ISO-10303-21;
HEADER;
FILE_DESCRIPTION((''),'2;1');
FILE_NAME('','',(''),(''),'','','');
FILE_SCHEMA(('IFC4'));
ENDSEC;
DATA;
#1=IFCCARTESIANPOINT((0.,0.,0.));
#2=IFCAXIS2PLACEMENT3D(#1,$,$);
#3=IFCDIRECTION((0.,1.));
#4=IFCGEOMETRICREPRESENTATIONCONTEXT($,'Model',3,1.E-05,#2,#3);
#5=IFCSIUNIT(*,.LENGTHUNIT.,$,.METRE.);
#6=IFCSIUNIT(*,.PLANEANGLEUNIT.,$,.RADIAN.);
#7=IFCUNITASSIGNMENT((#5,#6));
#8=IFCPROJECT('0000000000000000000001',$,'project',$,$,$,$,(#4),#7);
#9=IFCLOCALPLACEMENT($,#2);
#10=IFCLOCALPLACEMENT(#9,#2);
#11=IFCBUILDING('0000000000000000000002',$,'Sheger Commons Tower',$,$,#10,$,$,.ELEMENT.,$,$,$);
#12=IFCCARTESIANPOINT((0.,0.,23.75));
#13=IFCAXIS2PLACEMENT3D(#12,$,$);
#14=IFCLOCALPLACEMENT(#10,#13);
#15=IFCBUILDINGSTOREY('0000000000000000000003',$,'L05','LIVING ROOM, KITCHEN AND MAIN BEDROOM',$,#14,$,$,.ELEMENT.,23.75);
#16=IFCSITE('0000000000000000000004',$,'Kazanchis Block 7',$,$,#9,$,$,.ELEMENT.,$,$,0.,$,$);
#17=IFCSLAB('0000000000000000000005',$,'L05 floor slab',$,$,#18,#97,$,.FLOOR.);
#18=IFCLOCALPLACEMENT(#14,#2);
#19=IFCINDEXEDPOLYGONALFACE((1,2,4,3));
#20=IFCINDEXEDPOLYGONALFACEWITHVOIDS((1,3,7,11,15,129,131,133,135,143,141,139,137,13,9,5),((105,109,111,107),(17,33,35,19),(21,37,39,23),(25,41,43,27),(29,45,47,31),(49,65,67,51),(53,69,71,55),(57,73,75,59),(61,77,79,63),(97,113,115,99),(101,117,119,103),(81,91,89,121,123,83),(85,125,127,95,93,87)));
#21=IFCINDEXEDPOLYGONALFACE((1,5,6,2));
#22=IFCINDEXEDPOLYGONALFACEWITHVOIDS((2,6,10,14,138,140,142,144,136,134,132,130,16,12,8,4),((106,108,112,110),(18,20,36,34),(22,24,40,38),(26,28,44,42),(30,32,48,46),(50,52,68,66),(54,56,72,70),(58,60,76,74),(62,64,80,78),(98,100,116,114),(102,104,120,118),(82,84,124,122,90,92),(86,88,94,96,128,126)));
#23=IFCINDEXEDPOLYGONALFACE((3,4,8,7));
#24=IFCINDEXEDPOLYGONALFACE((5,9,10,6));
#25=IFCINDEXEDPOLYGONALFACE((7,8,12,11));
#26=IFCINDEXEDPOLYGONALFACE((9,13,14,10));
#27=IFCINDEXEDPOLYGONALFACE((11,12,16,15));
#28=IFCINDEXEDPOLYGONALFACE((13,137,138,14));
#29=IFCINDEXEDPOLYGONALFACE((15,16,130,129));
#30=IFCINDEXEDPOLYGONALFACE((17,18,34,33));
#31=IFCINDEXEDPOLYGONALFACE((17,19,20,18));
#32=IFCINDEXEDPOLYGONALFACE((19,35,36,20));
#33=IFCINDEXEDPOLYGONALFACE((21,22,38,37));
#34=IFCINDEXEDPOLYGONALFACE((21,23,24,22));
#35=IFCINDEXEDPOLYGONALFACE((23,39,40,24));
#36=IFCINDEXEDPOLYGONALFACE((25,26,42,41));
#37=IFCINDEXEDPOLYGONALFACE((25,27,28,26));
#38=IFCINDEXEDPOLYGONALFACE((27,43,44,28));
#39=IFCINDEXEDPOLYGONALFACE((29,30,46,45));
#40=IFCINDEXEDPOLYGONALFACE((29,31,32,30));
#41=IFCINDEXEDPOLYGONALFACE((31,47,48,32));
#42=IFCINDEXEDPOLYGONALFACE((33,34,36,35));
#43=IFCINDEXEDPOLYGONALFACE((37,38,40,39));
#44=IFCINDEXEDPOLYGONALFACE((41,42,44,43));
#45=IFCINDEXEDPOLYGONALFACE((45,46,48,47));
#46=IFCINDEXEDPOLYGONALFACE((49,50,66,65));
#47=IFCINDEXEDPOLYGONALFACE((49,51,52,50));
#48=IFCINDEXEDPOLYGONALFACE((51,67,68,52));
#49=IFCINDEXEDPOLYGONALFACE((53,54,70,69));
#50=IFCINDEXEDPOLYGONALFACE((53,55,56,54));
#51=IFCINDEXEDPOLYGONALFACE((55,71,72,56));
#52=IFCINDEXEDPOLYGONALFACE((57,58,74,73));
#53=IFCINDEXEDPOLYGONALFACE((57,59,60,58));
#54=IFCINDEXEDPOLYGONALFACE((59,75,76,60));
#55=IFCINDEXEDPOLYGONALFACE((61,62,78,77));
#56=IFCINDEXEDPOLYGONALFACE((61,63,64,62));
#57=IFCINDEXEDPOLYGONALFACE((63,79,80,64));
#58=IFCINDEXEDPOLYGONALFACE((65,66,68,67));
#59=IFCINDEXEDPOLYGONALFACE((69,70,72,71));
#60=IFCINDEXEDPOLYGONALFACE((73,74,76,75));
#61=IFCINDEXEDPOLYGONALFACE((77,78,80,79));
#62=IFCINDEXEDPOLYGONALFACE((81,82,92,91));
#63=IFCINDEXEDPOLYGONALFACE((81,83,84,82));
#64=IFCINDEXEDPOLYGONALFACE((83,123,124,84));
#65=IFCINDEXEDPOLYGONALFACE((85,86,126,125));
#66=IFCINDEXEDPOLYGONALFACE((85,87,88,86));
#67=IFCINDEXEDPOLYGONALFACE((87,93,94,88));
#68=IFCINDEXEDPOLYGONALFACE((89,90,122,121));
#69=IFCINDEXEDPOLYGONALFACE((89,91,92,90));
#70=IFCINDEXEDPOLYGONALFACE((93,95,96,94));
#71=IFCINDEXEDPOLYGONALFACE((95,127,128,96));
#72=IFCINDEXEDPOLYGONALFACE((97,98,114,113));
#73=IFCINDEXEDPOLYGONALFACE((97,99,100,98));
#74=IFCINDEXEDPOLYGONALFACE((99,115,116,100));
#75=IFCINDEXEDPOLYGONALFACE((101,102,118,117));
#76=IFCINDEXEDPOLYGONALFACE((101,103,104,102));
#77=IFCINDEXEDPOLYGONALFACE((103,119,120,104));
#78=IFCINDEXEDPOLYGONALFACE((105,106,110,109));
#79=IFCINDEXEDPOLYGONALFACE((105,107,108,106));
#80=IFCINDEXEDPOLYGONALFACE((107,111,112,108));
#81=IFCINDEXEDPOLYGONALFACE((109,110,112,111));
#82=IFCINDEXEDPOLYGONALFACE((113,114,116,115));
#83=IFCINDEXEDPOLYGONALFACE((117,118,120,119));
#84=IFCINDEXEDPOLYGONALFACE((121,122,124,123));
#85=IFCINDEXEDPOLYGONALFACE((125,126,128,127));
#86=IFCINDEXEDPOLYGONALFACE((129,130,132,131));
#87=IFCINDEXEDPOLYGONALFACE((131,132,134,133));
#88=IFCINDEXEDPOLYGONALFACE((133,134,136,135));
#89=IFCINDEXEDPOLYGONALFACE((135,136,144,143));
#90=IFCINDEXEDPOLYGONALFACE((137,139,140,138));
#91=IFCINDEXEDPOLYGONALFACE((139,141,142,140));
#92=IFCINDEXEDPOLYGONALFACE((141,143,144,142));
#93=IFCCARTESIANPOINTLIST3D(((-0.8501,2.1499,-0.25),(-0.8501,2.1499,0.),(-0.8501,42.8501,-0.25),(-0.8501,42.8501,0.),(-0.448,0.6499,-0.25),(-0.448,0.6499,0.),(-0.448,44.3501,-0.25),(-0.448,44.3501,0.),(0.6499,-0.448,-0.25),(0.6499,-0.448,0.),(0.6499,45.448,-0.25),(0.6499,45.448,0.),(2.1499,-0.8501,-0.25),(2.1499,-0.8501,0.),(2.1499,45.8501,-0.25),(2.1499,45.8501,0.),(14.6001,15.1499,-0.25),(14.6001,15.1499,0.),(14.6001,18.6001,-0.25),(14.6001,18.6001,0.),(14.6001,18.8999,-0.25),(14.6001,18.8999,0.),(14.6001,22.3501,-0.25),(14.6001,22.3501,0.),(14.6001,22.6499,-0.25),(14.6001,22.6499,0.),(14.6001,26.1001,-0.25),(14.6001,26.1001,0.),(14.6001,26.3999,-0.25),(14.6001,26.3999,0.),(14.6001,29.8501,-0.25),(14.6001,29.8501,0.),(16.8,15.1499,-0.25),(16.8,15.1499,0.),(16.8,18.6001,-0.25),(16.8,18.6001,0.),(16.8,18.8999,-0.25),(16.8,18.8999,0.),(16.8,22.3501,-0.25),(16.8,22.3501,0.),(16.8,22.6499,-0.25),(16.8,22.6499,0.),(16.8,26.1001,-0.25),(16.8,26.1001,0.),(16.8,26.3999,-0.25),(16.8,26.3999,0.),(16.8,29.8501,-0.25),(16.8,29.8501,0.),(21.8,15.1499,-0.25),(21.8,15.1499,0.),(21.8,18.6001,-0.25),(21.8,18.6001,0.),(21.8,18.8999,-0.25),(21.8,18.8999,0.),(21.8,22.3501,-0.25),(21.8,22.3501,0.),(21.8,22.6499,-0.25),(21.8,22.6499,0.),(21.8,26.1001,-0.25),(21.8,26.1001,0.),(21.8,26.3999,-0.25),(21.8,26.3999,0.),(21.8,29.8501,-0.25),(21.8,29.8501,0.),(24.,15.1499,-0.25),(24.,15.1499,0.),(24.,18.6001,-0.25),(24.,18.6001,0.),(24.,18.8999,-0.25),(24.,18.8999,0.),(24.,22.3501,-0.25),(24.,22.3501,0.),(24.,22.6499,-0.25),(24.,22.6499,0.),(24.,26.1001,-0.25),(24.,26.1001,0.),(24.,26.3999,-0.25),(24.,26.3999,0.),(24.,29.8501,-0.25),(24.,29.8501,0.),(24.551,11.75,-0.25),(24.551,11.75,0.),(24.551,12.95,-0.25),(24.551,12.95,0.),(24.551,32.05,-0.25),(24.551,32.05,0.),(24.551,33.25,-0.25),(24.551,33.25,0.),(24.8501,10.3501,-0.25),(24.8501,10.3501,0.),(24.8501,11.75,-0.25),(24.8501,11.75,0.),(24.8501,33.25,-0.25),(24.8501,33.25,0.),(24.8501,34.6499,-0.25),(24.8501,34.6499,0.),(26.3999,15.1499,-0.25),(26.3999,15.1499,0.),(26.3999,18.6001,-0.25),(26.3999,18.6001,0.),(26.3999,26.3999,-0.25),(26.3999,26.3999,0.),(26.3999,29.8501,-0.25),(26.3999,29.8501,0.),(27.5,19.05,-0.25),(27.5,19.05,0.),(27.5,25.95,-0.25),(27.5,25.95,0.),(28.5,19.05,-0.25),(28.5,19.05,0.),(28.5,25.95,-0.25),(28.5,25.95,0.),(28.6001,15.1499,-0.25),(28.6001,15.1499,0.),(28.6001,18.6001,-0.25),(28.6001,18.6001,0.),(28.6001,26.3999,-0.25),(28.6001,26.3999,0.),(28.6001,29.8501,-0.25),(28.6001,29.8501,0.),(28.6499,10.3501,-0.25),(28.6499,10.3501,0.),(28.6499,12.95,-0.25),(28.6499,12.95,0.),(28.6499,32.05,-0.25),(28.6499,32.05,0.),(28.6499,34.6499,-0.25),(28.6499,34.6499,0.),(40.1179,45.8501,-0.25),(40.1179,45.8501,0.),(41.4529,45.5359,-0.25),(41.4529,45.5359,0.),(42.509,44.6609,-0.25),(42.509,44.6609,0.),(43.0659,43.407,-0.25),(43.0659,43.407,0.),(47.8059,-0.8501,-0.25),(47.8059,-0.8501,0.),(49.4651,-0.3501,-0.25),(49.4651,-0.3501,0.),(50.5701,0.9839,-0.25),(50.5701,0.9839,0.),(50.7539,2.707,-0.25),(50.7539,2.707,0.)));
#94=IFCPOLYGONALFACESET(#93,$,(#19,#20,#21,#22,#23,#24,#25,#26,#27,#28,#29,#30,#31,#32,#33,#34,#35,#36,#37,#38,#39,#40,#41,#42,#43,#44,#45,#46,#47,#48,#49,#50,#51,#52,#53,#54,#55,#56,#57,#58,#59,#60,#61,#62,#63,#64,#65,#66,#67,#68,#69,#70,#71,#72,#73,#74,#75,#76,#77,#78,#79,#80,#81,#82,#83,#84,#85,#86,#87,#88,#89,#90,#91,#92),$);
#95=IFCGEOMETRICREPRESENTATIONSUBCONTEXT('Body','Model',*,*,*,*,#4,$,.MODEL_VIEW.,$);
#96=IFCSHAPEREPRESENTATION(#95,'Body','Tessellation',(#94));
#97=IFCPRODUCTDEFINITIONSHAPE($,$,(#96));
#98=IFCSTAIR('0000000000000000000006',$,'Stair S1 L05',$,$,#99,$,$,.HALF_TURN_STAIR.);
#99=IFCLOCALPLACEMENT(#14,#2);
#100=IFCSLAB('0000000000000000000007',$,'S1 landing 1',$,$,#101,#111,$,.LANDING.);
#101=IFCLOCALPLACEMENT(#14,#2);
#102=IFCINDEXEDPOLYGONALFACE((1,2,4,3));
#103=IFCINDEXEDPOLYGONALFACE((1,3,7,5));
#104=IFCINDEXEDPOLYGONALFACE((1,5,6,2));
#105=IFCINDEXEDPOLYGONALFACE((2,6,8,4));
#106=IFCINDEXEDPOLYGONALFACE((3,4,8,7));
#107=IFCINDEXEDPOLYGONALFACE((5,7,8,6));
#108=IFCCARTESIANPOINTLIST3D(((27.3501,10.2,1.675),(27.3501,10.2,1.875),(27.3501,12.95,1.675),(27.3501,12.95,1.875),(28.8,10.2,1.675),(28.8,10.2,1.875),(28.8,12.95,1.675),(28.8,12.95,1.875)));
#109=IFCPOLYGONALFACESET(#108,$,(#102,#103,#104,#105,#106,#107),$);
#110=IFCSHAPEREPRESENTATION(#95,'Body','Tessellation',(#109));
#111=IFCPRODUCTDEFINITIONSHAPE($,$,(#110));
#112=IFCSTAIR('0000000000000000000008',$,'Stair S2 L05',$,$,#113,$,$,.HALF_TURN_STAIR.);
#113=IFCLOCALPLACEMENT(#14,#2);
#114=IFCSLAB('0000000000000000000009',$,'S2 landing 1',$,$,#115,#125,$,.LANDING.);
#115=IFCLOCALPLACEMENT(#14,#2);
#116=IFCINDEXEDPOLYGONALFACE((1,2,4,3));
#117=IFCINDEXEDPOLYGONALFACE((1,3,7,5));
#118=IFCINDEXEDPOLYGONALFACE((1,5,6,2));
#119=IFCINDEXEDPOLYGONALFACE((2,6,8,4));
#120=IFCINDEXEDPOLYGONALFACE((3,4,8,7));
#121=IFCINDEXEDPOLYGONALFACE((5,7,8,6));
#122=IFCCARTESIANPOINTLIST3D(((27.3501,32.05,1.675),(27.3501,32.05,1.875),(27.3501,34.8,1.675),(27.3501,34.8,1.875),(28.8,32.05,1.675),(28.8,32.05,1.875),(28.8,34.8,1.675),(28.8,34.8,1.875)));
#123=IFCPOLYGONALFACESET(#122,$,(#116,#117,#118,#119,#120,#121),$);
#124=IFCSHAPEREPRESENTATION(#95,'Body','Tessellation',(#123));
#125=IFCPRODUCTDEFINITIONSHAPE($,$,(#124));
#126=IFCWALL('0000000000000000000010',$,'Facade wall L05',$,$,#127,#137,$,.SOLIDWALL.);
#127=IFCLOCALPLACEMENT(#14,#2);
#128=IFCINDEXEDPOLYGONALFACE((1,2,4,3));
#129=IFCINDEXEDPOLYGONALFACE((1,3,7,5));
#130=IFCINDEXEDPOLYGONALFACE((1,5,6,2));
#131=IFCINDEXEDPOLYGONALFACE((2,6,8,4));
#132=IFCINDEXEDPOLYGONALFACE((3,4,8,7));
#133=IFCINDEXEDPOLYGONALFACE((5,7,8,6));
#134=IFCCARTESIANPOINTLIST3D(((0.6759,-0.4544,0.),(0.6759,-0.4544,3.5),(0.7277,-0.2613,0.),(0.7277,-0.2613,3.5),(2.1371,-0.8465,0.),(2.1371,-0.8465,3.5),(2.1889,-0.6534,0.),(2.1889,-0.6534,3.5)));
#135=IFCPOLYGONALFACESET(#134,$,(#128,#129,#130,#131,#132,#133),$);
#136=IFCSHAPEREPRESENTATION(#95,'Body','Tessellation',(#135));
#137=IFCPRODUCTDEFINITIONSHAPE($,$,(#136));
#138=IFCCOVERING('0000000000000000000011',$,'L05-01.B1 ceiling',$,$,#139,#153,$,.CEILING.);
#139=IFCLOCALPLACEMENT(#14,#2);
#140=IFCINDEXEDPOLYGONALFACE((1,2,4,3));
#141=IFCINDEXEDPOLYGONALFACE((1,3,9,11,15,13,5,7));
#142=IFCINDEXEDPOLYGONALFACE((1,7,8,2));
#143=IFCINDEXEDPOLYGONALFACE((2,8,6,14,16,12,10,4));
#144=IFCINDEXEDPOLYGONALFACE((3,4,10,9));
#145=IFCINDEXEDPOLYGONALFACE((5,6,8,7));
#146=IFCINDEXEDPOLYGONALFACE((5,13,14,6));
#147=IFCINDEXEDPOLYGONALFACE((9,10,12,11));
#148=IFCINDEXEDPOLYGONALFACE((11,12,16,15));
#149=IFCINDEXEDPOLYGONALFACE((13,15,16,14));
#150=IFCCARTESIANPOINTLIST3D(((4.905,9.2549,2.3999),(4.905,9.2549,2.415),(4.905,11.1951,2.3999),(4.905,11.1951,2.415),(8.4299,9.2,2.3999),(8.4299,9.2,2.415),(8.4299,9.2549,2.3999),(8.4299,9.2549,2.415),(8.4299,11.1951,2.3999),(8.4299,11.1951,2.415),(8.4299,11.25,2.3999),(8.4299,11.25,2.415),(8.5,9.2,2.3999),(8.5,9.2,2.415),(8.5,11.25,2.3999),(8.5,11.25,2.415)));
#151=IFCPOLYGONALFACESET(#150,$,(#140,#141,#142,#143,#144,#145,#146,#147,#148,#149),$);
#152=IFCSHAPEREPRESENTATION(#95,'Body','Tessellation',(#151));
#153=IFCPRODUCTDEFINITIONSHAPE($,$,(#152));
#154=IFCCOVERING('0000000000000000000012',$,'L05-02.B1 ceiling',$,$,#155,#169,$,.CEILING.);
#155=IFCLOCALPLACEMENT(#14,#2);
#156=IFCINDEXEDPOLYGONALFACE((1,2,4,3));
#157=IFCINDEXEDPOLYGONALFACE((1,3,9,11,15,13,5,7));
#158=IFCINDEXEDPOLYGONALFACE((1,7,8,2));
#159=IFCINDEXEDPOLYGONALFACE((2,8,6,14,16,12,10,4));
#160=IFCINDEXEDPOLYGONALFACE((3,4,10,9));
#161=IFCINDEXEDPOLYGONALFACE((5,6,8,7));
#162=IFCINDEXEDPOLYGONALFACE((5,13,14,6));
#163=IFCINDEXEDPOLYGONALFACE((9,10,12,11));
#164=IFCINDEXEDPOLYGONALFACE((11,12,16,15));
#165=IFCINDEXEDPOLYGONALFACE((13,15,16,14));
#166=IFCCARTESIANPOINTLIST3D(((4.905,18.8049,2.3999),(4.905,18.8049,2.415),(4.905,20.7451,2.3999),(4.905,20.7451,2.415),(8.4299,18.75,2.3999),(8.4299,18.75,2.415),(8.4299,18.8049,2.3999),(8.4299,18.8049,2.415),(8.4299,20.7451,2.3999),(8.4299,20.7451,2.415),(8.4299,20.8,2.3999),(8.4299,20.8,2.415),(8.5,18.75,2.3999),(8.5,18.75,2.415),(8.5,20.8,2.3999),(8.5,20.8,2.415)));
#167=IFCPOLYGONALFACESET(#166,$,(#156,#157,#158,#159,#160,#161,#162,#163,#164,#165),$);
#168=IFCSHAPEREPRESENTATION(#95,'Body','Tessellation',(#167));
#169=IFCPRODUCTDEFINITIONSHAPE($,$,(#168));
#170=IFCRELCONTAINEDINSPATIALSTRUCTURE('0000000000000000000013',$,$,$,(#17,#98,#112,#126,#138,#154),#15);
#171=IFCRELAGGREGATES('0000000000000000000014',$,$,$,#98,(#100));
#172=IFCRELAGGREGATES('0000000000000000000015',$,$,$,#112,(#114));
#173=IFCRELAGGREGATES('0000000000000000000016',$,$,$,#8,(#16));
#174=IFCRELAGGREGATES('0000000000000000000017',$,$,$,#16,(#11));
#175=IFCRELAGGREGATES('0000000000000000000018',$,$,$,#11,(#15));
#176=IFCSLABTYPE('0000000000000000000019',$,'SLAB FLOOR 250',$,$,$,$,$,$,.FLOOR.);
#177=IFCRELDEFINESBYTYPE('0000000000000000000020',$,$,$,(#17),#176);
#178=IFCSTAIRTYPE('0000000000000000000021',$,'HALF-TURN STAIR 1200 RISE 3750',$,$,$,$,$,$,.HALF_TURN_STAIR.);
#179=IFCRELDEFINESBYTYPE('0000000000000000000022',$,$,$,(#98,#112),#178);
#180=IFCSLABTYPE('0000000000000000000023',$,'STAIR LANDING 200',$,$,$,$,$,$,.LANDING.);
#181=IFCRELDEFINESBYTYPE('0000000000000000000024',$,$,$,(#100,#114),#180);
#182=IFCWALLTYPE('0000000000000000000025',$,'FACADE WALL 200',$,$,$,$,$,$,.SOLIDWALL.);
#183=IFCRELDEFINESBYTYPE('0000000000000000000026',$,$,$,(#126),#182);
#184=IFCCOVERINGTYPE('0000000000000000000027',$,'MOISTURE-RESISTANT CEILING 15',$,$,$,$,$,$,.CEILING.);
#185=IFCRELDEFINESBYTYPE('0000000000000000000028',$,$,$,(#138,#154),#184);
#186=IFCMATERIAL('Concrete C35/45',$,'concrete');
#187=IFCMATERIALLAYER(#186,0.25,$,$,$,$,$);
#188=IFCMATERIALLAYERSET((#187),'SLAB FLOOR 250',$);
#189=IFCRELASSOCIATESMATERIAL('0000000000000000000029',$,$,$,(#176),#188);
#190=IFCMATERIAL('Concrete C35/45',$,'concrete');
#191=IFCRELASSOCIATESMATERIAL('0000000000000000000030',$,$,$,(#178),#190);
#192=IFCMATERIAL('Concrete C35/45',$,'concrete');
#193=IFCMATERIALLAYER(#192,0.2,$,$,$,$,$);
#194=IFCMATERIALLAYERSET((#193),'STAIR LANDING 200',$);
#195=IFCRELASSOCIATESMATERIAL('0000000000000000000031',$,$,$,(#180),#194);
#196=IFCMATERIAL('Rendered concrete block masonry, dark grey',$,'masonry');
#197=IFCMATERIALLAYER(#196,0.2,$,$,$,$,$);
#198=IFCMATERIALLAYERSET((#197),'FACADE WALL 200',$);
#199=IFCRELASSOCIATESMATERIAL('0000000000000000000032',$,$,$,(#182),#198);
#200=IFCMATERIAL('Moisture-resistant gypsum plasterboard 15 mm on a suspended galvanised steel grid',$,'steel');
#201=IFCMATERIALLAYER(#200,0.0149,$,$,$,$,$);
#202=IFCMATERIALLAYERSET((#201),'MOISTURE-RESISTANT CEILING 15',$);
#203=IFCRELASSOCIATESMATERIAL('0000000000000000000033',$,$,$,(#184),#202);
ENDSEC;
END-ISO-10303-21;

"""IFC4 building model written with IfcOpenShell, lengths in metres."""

from ifc_helpers import new_model, si_unit, direction, frame, frame_2d, origin, place, context, subcontext, project, spatial, polyline, rectangle, outline, extrude, material, layer, layer_set, type_object, element, aggregate, save


model = new_model("IFC4")

# Units and contexts
model_context = context("Model", 3, precision=1e-05, world=origin(), true_north=direction((0.0, 1.0)))
body_context = subcontext(model_context, "Body", "Model", "MODEL_VIEW")
ifc_project = project(units=[si_unit("LENGTHUNIT", "METRE"), si_unit("PLANEANGLEUNIT", "RADIAN")], contexts=[model_context])

# Site, building, storey
site_placement = place(None, origin())
site = spatial("IfcSite", under=ifc_project, at=site_placement, Name="Kazanchis Block 7", CompositionType="ELEMENT", RefElevation=0.0)
building_placement = place(site_placement, origin())
building = spatial("IfcBuilding", under=site, at=building_placement, Name="Sheger Commons Tower", CompositionType="ELEMENT")
storey_placement = place(building_placement, frame((0.0, 0.0, 23.75)))
storey = spatial("IfcBuildingStorey", under=building, at=storey_placement, Name="L05", Description="LIVING ROOM, KITCHEN AND MAIN BEDROOM", CompositionType="ELEMENT", Elevation=23.75)

# Slab
ifc_material_1 = material(Name="Concrete C35/45", Category="concrete")
ifc_layer_1 = layer(ifc_material_1, 0.25)
ifc_layer_set_1 = layer_set([ifc_layer_1], Name="SLAB FLOOR 250")
slab_type_1 = type_object("IfcSlabType", Name="SLAB FLOOR 250", PredefinedType="FLOOR", material=ifc_layer_set_1)
slab_1_placement = place(storey_placement, frame((0.0, 0.0, -0.25)))
element("IfcSlab", 1, at=slab_1_placement, inside=storey, type_object=slab_type_1, Name="L05 floor slab", PredefinedType="FLOOR", context=body_context, shape_type="SweptSolid", body=[
    extrude(outline(polyline([(-0.8501, 2.1499), (-0.448, 0.6499), (0.6499, -0.448), (2.1499, -0.8501), (47.8059, -0.8501), (49.4651, -0.3501), (50.5701, 0.9839), (50.7539, 2.707), (43.0659, 43.407), (42.509, 44.6609), (41.4529, 45.5359), (40.1179, 45.8501), (2.1499, 45.8501), (0.6499, 45.448), (-0.448, 44.3501), (-0.8501, 42.8501), (-0.8501, 2.1499)]), holes=[polyline([(24.8501, 10.3501), (28.6499, 10.3501), (28.6499, 12.95), (24.551, 12.95), (24.551, 11.75), (24.8501, 11.75), (24.8501, 10.3501)]), polyline([(24.551, 32.05), (28.6499, 32.05), (28.6499, 34.6499), (24.8501, 34.6499), (24.8501, 33.25), (24.551, 33.25), (24.551, 32.05)]), polyline([(26.3999, 15.1499), (28.6001, 15.1499), (28.6001, 18.6001), (26.3999, 18.6001), (26.3999, 15.1499)]), polyline([(26.3999, 26.3999), (28.6001, 26.3999), (28.6001, 29.8501), (26.3999, 29.8501), (26.3999, 26.3999)]), polyline([(14.6001, 15.1499), (16.8, 15.1499), (16.8, 18.6001), (14.6001, 18.6001), (14.6001, 15.1499)]), polyline([(14.6001, 18.8999), (16.8, 18.8999), (16.8, 22.3501), (14.6001, 22.3501), (14.6001, 18.8999)]), polyline([(14.6001, 22.6499), (16.8, 22.6499), (16.8, 26.1001), (14.6001, 26.1001), (14.6001, 22.6499)]), polyline([(14.6001, 26.3999), (16.8, 26.3999), (16.8, 29.8501), (14.6001, 29.8501), (14.6001, 26.3999)]), polyline([(21.8, 15.1499), (24.0, 15.1499), (24.0, 18.6001), (21.8, 18.6001), (21.8, 15.1499)]), polyline([(21.8, 18.8999), (24.0, 18.8999), (24.0, 22.3501), (21.8, 22.3501), (21.8, 18.8999)]), polyline([(21.8, 22.6499), (24.0, 22.6499), (24.0, 26.1001), (21.8, 26.1001), (21.8, 22.6499)]), polyline([(21.8, 26.3999), (24.0, 26.3999), (24.0, 29.8501), (21.8, 29.8501), (21.8, 26.3999)]), polyline([(27.5, 19.05), (28.5, 19.05), (28.5, 25.95), (27.5, 25.95), (27.5, 19.05)])]), origin(), (0.0, 0.0, 1.0), 0.25),
])

# Stairs, slabs
ifc_material_2 = material(Name="Concrete C35/45", Category="concrete")
stair_type = type_object("IfcStairType", Name="HALF-TURN STAIR 1200 RISE 3750", PredefinedType="HALF_TURN_STAIR", material=ifc_material_2)
stair_1_placement = place(storey_placement, origin())
stair_1 = element("IfcStair", 2, at=stair_1_placement, inside=storey, type_object=stair_type, Name="Stair S1 L05", PredefinedType="HALF_TURN_STAIR")
ifc_material_3 = material(Name="Concrete C35/45", Category="concrete")
ifc_layer_2 = layer(ifc_material_3, 0.2)
ifc_layer_set_2 = layer_set([ifc_layer_2], Name="STAIR LANDING 200")
slab_type_2 = type_object("IfcSlabType", Name="STAIR LANDING 200", PredefinedType="LANDING", material=ifc_layer_set_2)
slab_2_placement = place(storey_placement, frame((0.0, 0.0, 1.675)))
slab_2 = element("IfcSlab", 3, at=slab_2_placement, type_object=slab_type_2, Name="S1 landing 1", PredefinedType="LANDING", context=body_context, shape_type="SweptSolid", body=[
    extrude(outline(polyline([(27.3501, 10.2), (28.8, 10.2), (28.8, 12.95), (27.3501, 12.95), (27.3501, 10.2)])), origin(), (0.0, 0.0, 1.0), 0.2),
])
aggregate(stair_1, [slab_2])
stair_2_placement = place(storey_placement, origin())
stair_2 = element("IfcStair", 4, at=stair_2_placement, inside=storey, type_object=stair_type, Name="Stair S2 L05", PredefinedType="HALF_TURN_STAIR")
slab_3_placement = place(storey_placement, frame((0.0, 0.0, 1.675)))
slab_3 = element("IfcSlab", 5, at=slab_3_placement, type_object=slab_type_2, Name="S2 landing 1", PredefinedType="LANDING", context=body_context, shape_type="SweptSolid", body=[
    extrude(outline(polyline([(27.3501, 32.05), (28.8, 32.05), (28.8, 34.8), (27.3501, 34.8), (27.3501, 32.05)])), origin(), (0.0, 0.0, 1.0), 0.2),
])
aggregate(stair_2, [slab_3])

# Wall
ifc_material_4 = material(Name="Rendered concrete block masonry, dark grey", Category="masonry")
ifc_layer_3 = layer(ifc_material_4, 0.2)
ifc_layer_set_3 = layer_set([ifc_layer_3], Name="FACADE WALL 200")
wall_type = type_object("IfcWallType", Name="FACADE WALL 200", PredefinedType="SOLIDWALL", material=ifc_layer_set_3)
wall_placement = place(storey_placement, frame((0.7019, -0.3579, 0.0), z_axis=(0.0, 0.0, 1.0), x_axis=(0.965832, -0.259169, 0.0)))
element("IfcWall", 6, at=wall_placement, inside=storey, type_object=wall_type, Name="Facade wall L05", PredefinedType="SOLIDWALL", context=body_context, shape_type="SweptSolid", body=[
    extrude(rectangle(XDim=1.5129, YDim=0.2, at=frame_2d((0.7563, 0.0))), origin(), (0.0, 0.0, 1.0), 3.5),
])

# Coverings
ifc_material_5 = material(Name="Moisture-resistant gypsum plasterboard 15 mm on a suspended galvanised steel grid", Category="steel")
ifc_layer_4 = layer(ifc_material_5, 0.0149)
ifc_layer_set_4 = layer_set([ifc_layer_4], Name="MOISTURE-RESISTANT CEILING 15")
covering_type_1 = type_object("IfcCoveringType", Name="MOISTURE-RESISTANT CEILING 15", PredefinedType="CEILING", material=ifc_layer_set_4)
covering_1_placement = place(storey_placement, frame((0.0, 0.0, 2.3999)))
element("IfcCovering", 7, at=covering_1_placement, inside=storey, type_object=covering_type_1, Name="L05-01.B1 ceiling", PredefinedType="CEILING", context=body_context, shape_type="SweptSolid", body=[
    extrude(outline(polyline([(8.4299, 9.2), (8.5, 9.2), (8.5, 11.25), (8.4299, 11.25), (8.4299, 11.1951), (4.905, 11.1951), (4.905, 9.2549), (8.4299, 9.2549), (8.4299, 9.2)])), origin(), (0.0, 0.0, 1.0), 0.0151),
])
covering_2_placement = place(storey_placement, frame((0.0, 0.0, 2.3999)))
element("IfcCovering", 8, at=covering_2_placement, inside=storey, type_object=covering_type_1, Name="L05-02.B1 ceiling", PredefinedType="CEILING", context=body_context, shape_type="SweptSolid", body=[
    extrude(outline(polyline([(8.4299, 18.75), (8.5, 18.75), (8.5, 20.8), (8.4299, 20.8), (8.4299, 20.7451), (4.905, 20.7451), (4.905, 18.8049), (8.4299, 18.8049), (8.4299, 18.75)])), origin(), (0.0, 0.0, 1.0), 0.0151),
])

save(model, "model.ifc")
